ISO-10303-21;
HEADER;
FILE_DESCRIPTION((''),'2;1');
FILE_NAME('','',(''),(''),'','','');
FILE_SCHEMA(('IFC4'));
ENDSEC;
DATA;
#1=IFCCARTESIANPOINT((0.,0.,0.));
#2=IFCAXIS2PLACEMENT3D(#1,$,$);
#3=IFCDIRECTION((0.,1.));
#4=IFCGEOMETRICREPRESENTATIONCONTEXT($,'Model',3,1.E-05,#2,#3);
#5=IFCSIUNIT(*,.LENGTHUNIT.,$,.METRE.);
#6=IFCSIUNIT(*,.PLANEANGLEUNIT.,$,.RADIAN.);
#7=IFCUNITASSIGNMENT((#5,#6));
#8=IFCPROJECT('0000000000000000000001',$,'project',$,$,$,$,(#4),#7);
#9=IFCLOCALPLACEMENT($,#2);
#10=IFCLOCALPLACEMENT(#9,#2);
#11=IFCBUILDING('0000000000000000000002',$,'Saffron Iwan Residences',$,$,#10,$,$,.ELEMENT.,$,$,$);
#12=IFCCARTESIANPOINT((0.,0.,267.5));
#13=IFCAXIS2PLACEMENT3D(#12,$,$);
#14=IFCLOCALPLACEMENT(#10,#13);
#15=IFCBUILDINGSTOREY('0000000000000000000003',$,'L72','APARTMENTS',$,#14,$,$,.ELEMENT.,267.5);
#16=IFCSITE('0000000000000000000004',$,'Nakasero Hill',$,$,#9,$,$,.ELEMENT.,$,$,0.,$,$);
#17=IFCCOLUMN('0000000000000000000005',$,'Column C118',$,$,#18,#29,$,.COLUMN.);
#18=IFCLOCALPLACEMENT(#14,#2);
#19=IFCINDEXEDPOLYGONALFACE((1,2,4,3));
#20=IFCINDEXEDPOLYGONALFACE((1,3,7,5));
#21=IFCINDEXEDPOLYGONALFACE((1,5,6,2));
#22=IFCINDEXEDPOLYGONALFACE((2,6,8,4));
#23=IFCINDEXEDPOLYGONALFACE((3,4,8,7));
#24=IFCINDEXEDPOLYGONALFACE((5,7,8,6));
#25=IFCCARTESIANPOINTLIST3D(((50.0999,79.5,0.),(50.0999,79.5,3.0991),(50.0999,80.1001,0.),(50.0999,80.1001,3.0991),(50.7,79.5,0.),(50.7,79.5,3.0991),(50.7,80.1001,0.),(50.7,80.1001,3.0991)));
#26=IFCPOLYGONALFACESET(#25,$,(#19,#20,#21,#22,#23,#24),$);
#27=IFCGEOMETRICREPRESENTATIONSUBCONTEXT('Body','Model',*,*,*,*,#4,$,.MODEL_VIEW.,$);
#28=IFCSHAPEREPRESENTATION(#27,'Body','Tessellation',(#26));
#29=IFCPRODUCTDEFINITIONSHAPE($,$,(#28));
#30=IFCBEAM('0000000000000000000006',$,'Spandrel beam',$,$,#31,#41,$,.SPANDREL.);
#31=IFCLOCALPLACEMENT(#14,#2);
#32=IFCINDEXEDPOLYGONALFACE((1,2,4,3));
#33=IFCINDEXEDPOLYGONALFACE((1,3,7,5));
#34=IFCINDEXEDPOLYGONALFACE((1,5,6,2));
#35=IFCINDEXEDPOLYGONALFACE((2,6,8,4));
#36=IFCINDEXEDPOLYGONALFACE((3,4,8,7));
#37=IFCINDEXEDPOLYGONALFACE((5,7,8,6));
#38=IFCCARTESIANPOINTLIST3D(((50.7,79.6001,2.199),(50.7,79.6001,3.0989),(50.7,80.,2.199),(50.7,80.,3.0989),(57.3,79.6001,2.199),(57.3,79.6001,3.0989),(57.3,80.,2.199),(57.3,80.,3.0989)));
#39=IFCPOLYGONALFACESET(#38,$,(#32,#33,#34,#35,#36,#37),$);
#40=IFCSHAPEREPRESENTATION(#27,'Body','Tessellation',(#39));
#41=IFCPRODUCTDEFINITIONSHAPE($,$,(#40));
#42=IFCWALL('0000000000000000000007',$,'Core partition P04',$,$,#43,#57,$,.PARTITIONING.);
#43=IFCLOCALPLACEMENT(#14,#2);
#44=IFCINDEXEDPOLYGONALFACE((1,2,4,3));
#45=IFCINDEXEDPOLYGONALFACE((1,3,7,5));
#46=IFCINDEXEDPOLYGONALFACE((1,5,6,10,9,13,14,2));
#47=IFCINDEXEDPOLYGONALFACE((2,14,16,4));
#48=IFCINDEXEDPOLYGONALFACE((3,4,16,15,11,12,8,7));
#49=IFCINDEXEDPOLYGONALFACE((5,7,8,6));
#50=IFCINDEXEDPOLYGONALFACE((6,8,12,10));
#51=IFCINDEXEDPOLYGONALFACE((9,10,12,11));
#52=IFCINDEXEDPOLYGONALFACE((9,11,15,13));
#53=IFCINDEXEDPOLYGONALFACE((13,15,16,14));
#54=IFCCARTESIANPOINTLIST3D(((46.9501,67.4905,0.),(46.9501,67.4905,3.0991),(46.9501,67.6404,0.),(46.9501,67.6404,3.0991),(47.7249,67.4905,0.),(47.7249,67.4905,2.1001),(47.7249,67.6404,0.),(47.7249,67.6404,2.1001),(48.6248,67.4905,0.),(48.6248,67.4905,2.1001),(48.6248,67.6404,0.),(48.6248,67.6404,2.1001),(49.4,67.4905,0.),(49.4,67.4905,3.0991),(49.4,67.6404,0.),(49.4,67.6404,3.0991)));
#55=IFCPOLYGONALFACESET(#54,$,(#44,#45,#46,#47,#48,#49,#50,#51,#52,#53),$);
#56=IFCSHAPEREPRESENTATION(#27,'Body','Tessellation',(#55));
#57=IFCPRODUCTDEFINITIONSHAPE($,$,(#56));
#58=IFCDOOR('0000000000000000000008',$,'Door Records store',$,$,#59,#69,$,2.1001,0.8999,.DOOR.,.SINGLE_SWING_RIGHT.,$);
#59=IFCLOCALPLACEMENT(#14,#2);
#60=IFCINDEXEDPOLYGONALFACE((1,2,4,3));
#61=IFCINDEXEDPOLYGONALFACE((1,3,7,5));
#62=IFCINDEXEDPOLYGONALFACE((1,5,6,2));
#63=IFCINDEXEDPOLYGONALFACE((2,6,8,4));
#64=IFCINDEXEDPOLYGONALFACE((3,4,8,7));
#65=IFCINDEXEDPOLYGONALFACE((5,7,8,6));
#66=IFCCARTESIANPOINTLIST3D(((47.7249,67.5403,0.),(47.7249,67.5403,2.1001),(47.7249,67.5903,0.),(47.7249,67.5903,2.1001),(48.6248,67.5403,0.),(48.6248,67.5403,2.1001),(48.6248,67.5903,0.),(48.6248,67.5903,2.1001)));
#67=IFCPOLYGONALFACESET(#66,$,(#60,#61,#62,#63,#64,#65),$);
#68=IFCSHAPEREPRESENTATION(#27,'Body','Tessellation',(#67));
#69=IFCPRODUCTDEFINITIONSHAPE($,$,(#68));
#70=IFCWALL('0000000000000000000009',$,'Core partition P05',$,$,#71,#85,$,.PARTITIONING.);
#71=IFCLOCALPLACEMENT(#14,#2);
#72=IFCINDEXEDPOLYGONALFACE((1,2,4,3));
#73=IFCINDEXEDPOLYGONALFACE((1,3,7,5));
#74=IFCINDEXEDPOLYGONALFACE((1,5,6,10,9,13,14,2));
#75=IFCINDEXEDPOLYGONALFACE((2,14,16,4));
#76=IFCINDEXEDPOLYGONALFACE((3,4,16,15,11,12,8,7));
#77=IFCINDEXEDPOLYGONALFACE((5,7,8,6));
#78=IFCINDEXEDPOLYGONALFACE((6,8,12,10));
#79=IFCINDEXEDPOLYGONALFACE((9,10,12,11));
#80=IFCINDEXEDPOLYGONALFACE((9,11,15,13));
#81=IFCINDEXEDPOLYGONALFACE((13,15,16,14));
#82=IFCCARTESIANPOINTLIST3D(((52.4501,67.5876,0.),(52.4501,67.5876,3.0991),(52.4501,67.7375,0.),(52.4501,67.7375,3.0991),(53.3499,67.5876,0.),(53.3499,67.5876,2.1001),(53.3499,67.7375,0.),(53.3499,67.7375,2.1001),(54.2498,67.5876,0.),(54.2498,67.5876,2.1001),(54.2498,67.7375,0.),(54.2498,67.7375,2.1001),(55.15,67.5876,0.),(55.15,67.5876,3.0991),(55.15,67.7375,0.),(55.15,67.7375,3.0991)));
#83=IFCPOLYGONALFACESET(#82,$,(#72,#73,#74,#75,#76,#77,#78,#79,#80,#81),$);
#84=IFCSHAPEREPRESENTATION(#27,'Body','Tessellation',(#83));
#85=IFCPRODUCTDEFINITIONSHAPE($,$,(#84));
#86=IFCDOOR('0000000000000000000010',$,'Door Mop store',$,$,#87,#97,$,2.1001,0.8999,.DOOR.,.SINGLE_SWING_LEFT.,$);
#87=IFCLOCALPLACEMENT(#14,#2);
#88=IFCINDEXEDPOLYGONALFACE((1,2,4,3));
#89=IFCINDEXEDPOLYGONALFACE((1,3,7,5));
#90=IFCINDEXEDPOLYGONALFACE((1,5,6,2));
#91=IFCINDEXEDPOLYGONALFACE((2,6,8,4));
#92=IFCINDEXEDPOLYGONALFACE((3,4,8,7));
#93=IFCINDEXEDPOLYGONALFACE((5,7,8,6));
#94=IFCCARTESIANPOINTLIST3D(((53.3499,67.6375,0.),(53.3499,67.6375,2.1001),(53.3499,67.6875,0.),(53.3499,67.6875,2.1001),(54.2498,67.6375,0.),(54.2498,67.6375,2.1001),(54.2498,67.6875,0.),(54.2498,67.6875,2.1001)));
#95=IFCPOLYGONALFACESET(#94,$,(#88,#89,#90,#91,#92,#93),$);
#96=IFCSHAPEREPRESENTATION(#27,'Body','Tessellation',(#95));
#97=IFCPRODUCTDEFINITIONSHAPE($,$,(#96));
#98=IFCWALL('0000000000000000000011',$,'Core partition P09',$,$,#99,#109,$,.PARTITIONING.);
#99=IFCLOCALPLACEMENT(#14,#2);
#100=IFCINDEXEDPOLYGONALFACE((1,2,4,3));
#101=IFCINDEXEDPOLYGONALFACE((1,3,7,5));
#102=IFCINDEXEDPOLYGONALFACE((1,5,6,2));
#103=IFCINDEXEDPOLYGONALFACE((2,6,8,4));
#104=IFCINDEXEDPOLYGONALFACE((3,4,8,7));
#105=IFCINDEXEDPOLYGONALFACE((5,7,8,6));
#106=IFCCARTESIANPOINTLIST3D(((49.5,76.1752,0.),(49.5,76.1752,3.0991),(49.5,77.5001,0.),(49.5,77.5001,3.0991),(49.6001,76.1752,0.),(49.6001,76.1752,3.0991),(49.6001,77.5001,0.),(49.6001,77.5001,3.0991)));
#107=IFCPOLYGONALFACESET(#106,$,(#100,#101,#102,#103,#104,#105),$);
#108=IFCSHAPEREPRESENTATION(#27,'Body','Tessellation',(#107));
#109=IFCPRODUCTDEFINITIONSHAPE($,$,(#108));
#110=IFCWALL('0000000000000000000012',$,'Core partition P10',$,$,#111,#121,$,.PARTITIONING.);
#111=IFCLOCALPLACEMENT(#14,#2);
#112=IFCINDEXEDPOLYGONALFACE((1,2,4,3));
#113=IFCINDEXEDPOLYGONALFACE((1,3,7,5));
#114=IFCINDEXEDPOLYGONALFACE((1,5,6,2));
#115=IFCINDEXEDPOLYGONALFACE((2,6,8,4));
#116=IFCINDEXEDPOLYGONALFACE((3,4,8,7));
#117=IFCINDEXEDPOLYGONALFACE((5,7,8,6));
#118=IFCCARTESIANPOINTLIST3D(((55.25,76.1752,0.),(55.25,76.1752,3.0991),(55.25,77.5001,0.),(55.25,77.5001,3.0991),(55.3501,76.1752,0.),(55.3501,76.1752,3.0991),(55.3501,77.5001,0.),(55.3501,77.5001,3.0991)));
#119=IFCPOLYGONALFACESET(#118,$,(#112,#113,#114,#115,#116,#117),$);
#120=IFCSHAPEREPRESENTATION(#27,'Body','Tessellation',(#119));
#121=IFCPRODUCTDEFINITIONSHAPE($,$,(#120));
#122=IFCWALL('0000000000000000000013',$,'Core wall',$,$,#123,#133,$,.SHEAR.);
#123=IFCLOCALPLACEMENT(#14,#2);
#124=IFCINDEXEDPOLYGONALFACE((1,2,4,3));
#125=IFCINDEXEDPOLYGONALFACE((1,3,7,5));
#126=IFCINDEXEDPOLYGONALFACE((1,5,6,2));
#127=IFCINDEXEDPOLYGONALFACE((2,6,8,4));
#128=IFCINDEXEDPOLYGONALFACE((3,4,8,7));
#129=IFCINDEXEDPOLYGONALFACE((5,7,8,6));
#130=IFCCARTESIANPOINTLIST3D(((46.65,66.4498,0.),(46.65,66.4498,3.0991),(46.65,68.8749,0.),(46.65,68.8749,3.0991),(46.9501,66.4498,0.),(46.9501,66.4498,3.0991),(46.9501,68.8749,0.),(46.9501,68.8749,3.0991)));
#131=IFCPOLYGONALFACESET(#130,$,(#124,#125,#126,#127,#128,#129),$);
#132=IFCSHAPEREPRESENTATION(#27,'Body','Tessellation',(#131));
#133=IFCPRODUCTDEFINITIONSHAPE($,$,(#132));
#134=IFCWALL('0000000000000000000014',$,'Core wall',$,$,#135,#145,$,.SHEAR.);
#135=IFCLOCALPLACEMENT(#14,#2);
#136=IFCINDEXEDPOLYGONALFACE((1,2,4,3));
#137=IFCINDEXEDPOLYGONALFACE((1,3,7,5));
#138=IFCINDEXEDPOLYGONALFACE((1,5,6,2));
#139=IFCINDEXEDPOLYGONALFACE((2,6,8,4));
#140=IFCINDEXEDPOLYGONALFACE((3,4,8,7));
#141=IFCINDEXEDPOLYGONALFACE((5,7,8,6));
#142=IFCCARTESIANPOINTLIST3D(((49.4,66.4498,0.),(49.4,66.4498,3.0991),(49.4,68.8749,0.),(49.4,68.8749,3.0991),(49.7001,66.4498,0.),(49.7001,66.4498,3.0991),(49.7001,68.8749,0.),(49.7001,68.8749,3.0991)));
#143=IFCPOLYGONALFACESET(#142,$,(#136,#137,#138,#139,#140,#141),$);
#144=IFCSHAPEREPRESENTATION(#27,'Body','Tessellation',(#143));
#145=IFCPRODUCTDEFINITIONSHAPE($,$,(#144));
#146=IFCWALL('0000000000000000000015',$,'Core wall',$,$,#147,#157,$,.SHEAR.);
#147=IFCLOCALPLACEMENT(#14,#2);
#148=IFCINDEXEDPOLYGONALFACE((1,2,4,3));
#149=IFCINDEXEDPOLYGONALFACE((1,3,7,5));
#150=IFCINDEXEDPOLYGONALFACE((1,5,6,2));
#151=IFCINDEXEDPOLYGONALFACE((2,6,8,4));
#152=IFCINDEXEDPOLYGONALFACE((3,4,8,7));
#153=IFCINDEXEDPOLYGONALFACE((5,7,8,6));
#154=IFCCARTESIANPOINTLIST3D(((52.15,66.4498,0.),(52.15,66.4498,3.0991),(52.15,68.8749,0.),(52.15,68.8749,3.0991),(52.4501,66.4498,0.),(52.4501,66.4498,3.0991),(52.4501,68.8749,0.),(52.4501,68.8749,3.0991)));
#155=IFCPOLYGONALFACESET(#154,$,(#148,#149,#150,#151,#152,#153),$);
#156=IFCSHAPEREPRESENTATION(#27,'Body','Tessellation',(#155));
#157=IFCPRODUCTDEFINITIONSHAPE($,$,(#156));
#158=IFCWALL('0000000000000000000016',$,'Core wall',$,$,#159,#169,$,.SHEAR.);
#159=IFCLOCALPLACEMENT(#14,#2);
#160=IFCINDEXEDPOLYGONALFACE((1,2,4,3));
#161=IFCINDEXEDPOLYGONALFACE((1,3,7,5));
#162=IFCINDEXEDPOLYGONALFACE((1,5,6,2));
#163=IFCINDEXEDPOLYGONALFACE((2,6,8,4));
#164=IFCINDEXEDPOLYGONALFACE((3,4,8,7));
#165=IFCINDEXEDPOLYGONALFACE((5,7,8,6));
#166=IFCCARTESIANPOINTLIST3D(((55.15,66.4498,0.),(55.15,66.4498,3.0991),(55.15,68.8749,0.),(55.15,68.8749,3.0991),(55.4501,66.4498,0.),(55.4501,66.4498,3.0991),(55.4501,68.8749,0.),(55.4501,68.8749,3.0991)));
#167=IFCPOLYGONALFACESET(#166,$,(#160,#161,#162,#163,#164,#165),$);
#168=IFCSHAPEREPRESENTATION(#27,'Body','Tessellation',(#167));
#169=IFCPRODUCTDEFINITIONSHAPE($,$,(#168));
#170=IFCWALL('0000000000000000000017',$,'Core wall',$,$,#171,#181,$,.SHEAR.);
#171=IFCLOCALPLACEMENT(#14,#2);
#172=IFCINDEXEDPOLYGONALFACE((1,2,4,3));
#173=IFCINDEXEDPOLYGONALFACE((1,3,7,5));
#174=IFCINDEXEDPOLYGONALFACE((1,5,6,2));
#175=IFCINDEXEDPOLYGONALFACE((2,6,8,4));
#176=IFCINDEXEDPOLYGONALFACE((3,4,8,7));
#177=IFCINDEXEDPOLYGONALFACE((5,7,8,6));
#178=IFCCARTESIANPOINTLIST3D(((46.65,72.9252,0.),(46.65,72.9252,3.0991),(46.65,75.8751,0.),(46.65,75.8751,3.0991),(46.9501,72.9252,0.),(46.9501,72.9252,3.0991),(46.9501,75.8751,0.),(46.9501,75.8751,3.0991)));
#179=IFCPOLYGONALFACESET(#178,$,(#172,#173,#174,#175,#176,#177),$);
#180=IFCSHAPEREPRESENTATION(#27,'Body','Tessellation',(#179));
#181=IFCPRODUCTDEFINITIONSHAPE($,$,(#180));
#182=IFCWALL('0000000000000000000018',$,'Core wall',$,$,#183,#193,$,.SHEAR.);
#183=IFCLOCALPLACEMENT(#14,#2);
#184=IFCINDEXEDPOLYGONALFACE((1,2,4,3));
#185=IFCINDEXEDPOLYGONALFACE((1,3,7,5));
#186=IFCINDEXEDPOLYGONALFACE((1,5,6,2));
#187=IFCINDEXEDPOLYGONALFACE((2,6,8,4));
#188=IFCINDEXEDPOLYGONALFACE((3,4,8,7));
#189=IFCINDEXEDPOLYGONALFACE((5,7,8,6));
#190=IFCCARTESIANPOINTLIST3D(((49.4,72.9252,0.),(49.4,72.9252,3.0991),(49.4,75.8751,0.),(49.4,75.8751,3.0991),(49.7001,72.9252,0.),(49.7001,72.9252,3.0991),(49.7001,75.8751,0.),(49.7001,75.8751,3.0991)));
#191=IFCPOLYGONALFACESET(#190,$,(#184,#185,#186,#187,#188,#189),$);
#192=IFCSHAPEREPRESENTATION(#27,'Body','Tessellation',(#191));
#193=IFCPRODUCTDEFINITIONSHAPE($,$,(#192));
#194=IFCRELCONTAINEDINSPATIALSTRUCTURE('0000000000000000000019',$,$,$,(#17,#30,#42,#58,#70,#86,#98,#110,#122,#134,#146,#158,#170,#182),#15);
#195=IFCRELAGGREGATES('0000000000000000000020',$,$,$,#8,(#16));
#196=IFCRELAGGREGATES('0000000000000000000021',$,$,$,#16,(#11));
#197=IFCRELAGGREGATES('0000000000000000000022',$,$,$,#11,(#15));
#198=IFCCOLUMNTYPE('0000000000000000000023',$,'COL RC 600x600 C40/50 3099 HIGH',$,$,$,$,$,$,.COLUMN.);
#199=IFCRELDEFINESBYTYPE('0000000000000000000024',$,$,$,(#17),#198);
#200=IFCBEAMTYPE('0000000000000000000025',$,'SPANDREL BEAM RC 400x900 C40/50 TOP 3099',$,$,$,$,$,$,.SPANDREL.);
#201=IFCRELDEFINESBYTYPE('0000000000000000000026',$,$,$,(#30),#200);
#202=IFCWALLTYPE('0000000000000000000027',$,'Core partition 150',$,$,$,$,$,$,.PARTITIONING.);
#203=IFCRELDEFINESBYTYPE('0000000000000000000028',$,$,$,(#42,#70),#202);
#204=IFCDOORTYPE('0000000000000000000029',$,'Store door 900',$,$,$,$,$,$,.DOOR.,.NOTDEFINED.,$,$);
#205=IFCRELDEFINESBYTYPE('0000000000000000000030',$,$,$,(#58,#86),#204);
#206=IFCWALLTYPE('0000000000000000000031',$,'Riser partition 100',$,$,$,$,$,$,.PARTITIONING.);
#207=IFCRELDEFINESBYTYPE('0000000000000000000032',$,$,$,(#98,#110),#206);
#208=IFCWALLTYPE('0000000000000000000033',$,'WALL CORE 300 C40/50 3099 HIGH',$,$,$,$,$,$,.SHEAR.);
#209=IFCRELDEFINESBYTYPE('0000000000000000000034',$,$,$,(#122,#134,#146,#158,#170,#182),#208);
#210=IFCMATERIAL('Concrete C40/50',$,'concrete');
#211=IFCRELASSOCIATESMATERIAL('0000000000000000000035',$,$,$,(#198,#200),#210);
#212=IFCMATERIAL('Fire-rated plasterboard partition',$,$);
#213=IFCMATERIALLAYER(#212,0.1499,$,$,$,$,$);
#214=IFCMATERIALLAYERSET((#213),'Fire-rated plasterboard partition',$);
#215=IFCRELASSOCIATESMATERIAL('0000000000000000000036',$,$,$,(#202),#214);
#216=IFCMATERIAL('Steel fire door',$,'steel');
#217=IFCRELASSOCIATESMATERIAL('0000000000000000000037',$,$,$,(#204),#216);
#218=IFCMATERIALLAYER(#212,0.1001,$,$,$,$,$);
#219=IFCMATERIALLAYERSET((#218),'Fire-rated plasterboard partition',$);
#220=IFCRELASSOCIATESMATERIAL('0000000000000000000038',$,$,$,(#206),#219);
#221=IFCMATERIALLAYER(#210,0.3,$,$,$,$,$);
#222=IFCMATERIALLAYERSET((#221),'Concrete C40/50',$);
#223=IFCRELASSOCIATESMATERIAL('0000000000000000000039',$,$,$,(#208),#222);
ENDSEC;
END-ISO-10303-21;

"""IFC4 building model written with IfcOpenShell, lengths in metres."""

from ifc_helpers import new_model, si_unit, direction, frame, frame_2d, origin, origin_2d, place, context, subcontext, project, spatial, rectangle, extrude, source, transform, mapped, material, layer, layer_set, material_profile, profile_set, type_object, element, fill, save


model = new_model("IFC4")

# Units and contexts
model_context = context("Model", 3, precision=1e-05, world=origin(), true_north=direction((0.0, 1.0)))
body_context = subcontext(model_context, "Body", "Model", "MODEL_VIEW")
ifc_project = project(units=[si_unit("LENGTHUNIT", "METRE"), si_unit("PLANEANGLEUNIT", "RADIAN")], contexts=[model_context])

# Site, building, storey
site_placement = place(None, origin())
site = spatial("IfcSite", under=ifc_project, at=site_placement, Name="Nakasero Hill", CompositionType="ELEMENT", RefElevation=0.0)
building_placement = place(site_placement, origin())
building = spatial("IfcBuilding", under=site, at=building_placement, Name="Saffron Iwan Residences", CompositionType="ELEMENT")
storey_placement = place(building_placement, frame((0.0, 0.0, 267.5)))
storey = spatial("IfcBuildingStorey", under=building, at=storey_placement, Name="L72", Description="APARTMENTS", CompositionType="ELEMENT", Elevation=267.5)

# Column
ifc_material_1 = material(Name="Concrete C40/50", Category="concrete")
ifc_material_profile_1 = material_profile(ifc_material_1, rectangle(XDim=0.6001, YDim=0.6001, at=origin_2d()), Name="RC 600x600")
ifc_profile_set_1 = profile_set([ifc_material_profile_1], Name="Concrete C40/50")
column_type = type_object("IfcColumnType", Name="COL RC 600x600 C40/50 3099 HIGH", PredefinedType="COLUMN", material=ifc_profile_set_1)
shared_shape_1 = source(origin(), body_context, "Body", "SweptSolid", [
    extrude(rectangle(XDim=0.6001, YDim=0.6001, at=origin_2d()), origin(), (0.0, 0.0, 1.0), 3.0991),
])
column_placement = place(storey_placement, frame((50.3999, 79.8, 0.0), z_axis=(0.0, 0.0, 1.0), x_axis=(1.0, 0.0, 0.0)))
element("IfcColumn", 1, at=column_placement, inside=storey, type_object=column_type, Name="Column C118", PredefinedType="COLUMN", context=body_context, shape_type="MappedRepresentation", body=[
    mapped(shared_shape_1, transform((0.0, 0.0, 0.0))),
])

# Beam
ifc_material_profile_2 = material_profile(ifc_material_1, rectangle(XDim=0.3999, YDim=0.8999, at=origin_2d()), Name="RC 400x900")
ifc_profile_set_2 = profile_set([ifc_material_profile_2], Name="Concrete C40/50")
beam_type = type_object("IfcBeamType", Name="SPANDREL BEAM RC 400x900 C40/50 TOP 3099", PredefinedType="SPANDREL", material=ifc_profile_set_2)
shared_shape_2 = source(origin(), body_context, "Body", "SweptSolid", [
    extrude(rectangle(XDim=0.3999, YDim=0.8999, at=origin_2d()), origin(), (0.0, 0.0, 1.0), 6.6001),
])
beam_placement = place(storey_placement, frame((50.7, 79.8, 2.6489), z_axis=(1.0, 0.0, 0.0), x_axis=(0.0, 1.0, 0.0)))
element("IfcBeam", 2, at=beam_placement, inside=storey, type_object=beam_type, Name="Spandrel beam", PredefinedType="SPANDREL", context=body_context, shape_type="MappedRepresentation", body=[
    mapped(shared_shape_2, transform((0.0, 0.0, 0.0))),
])

# Walls, openings, doors
ifc_material_2 = material(Name="Fire-rated plasterboard partition")
ifc_layer_1 = layer(ifc_material_2, 0.1499)
ifc_layer_set_1 = layer_set([ifc_layer_1], Name="Fire-rated plasterboard partition")
wall_type_1 = type_object("IfcWallType", Name="Core partition 150", PredefinedType="PARTITIONING", material=ifc_layer_set_1)
wall_1_placement = place(storey_placement, frame((46.95, 67.5654, 0.0), z_axis=(0.0, 0.0, 1.0), x_axis=(1.0, 0.0, 0.0)))
wall_1 = element("IfcWall", 3, at=wall_1_placement, inside=storey, type_object=wall_type_1, Name="Core partition P04", PredefinedType="PARTITIONING", context=body_context, shape_type="SweptSolid", body=[
    extrude(rectangle(XDim=2.45, YDim=0.1499, at=frame_2d((1.2251, 0.0))), origin(), (0.0, 0.0, 1.0), 3.0991),
])
opening_1_placement = place(wall_1_placement, frame((0.7749, 0.0, 0.0)))
opening_1 = element("IfcOpeningElement", 4, at=opening_1_placement, cuts=wall_1, PredefinedType="OPENING", context=body_context, shape_type="SweptSolid", body=[
    extrude(rectangle(XDim=0.8999, YDim=2.1001, at=frame_2d((0.45, 1.05))), frame((0.0, 0.085, 0.0), z_axis=(0.0, -1.0, 0.0), x_axis=(1.0, 0.0, 0.0)), (0.0, 0.0, 1.0), 0.1699),
])
ifc_material_3 = material(Name="Steel fire door", Category="steel")
door_type = type_object("IfcDoorType", Name="Store door 900", OperationType="NOTDEFINED", PredefinedType="DOOR", material=ifc_material_3)
door_1_placement = place(opening_1_placement, origin())
door_1 = element("IfcDoor", 5, at=door_1_placement, inside=storey, type_object=door_type, Name="Door Records store", OperationType="SINGLE_SWING_RIGHT", OverallHeight=2.1001, OverallWidth=0.8999, PredefinedType="DOOR", context=body_context, shape_type="SweptSolid", body=[
    extrude(rectangle(XDim=0.8999, YDim=2.1001, at=frame_2d((0.45, 1.05))), frame((0.0, 0.0249, 0.0), z_axis=(0.0, -1.0, 0.0), x_axis=(1.0, 0.0, 0.0)), (0.0, 0.0, 1.0), 0.05),
])
fill(opening_1, door_1)
wall_2_placement = place(storey_placement, frame((52.45, 67.6626, 0.0), z_axis=(0.0, 0.0, 1.0), x_axis=(1.0, 0.0, 0.0)))
wall_2 = element("IfcWall", 6, at=wall_2_placement, inside=storey, type_object=wall_type_1, Name="Core partition P05", PredefinedType="PARTITIONING", context=body_context, shape_type="SweptSolid", body=[
    extrude(rectangle(XDim=2.7, YDim=0.1499, at=frame_2d((1.3501, 0.0))), origin(), (0.0, 0.0, 1.0), 3.0991),
])
opening_2_placement = place(wall_2_placement, frame((0.8999, 0.0, 0.0)))
opening_2 = element("IfcOpeningElement", 7, at=opening_2_placement, cuts=wall_2, PredefinedType="OPENING", context=body_context, shape_type="SweptSolid", body=[
    extrude(rectangle(XDim=0.8999, YDim=2.1001, at=frame_2d((0.45, 1.05))), frame((0.0, 0.085, 0.0), z_axis=(0.0, -1.0, 0.0), x_axis=(1.0, 0.0, 0.0)), (0.0, 0.0, 1.0), 0.1699),
])
door_2_placement = place(opening_2_placement, origin())
door_2 = element("IfcDoor", 8, at=door_2_placement, inside=storey, type_object=door_type, Name="Door Mop store", OperationType="SINGLE_SWING_LEFT", OverallHeight=2.1001, OverallWidth=0.8999, PredefinedType="DOOR", context=body_context, shape_type="SweptSolid", body=[
    extrude(rectangle(XDim=0.8999, YDim=2.1001, at=frame_2d((0.45, 1.05))), frame((0.0, 0.0249, 0.0), z_axis=(0.0, -1.0, 0.0), x_axis=(1.0, 0.0, 0.0)), (0.0, 0.0, 1.0), 0.05),
])
fill(opening_2, door_2)

# Walls
ifc_layer_2 = layer(ifc_material_2, 0.1001)
ifc_layer_set_2 = layer_set([ifc_layer_2], Name="Fire-rated plasterboard partition")
wall_type_2 = type_object("IfcWallType", Name="Riser partition 100", PredefinedType="PARTITIONING", material=ifc_layer_set_2)
for number, where, z_axis, x_axis, name in (
    (9, (49.55, 76.175, 0.0), (0.0, 0.0, 1.0), (0.0, 1.0, 0.0), "Core partition P09"),
    (10, (55.3, 76.175, 0.0), (0.0, 0.0, 1.0), (0.0, 1.0, 0.0), "Core partition P10"),
):
    element("IfcWall", number, at=place(storey_placement, frame(where, z_axis=z_axis, x_axis=x_axis)), inside=storey, type_object=wall_type_2, Name=name, PredefinedType="PARTITIONING", context=body_context, shape_type="SweptSolid", body=[
        extrude(rectangle(XDim=1.325, YDim=0.1001, at=frame_2d((0.6626, 0.0))), origin(), (0.0, 0.0, 1.0), 3.0991),
    ])
ifc_layer_3 = layer(ifc_material_1, 0.3)
ifc_layer_set_3 = layer_set([ifc_layer_3], Name="Concrete C40/50")
wall_type_3 = type_object("IfcWallType", Name="WALL CORE 300 C40/50 3099 HIGH", PredefinedType="SHEAR", material=ifc_layer_set_3)
for number, where, z_axis, x_axis, name in (
    (11, (46.8, 66.45, 0.0), (0.0, 0.0, 1.0), (0.0, 1.0, 0.0), "Core wall"),
    (12, (49.55, 66.45, 0.0), (0.0, 0.0, 1.0), (0.0, 1.0, 0.0), "Core wall"),
    (13, (52.3, 66.45, 0.0), (0.0, 0.0, 1.0), (0.0, 1.0, 0.0), "Core wall"),
    (14, (55.3, 66.45, 0.0), (0.0, 0.0, 1.0), (0.0, 1.0, 0.0), "Core wall"),
):
    element("IfcWall", number, at=place(storey_placement, frame(where, z_axis=z_axis, x_axis=x_axis)), inside=storey, type_object=wall_type_3, Name=name, PredefinedType="SHEAR", context=body_context, shape_type="SweptSolid", body=[
        extrude(rectangle(XDim=2.425, YDim=0.3, at=frame_2d((1.2124, 0.0))), origin(), (0.0, 0.0, 1.0), 3.0991),
    ])
for number, where, z_axis, x_axis, name in (
    (15, (46.8, 72.925, 0.0), (0.0, 0.0, 1.0), (0.0, 1.0, 0.0), "Core wall"),
    (16, (49.55, 72.925, 0.0), (0.0, 0.0, 1.0), (0.0, 1.0, 0.0), "Core wall"),
):
    element("IfcWall", number, at=place(storey_placement, frame(where, z_axis=z_axis, x_axis=x_axis)), inside=storey, type_object=wall_type_3, Name=name, PredefinedType="SHEAR", context=body_context, shape_type="SweptSolid", body=[
        extrude(rectangle(XDim=2.95, YDim=0.3, at=frame_2d((1.4751, 0.0))), origin(), (0.0, 0.0, 1.0), 3.0991),
    ])

save(model, "model.ifc")
